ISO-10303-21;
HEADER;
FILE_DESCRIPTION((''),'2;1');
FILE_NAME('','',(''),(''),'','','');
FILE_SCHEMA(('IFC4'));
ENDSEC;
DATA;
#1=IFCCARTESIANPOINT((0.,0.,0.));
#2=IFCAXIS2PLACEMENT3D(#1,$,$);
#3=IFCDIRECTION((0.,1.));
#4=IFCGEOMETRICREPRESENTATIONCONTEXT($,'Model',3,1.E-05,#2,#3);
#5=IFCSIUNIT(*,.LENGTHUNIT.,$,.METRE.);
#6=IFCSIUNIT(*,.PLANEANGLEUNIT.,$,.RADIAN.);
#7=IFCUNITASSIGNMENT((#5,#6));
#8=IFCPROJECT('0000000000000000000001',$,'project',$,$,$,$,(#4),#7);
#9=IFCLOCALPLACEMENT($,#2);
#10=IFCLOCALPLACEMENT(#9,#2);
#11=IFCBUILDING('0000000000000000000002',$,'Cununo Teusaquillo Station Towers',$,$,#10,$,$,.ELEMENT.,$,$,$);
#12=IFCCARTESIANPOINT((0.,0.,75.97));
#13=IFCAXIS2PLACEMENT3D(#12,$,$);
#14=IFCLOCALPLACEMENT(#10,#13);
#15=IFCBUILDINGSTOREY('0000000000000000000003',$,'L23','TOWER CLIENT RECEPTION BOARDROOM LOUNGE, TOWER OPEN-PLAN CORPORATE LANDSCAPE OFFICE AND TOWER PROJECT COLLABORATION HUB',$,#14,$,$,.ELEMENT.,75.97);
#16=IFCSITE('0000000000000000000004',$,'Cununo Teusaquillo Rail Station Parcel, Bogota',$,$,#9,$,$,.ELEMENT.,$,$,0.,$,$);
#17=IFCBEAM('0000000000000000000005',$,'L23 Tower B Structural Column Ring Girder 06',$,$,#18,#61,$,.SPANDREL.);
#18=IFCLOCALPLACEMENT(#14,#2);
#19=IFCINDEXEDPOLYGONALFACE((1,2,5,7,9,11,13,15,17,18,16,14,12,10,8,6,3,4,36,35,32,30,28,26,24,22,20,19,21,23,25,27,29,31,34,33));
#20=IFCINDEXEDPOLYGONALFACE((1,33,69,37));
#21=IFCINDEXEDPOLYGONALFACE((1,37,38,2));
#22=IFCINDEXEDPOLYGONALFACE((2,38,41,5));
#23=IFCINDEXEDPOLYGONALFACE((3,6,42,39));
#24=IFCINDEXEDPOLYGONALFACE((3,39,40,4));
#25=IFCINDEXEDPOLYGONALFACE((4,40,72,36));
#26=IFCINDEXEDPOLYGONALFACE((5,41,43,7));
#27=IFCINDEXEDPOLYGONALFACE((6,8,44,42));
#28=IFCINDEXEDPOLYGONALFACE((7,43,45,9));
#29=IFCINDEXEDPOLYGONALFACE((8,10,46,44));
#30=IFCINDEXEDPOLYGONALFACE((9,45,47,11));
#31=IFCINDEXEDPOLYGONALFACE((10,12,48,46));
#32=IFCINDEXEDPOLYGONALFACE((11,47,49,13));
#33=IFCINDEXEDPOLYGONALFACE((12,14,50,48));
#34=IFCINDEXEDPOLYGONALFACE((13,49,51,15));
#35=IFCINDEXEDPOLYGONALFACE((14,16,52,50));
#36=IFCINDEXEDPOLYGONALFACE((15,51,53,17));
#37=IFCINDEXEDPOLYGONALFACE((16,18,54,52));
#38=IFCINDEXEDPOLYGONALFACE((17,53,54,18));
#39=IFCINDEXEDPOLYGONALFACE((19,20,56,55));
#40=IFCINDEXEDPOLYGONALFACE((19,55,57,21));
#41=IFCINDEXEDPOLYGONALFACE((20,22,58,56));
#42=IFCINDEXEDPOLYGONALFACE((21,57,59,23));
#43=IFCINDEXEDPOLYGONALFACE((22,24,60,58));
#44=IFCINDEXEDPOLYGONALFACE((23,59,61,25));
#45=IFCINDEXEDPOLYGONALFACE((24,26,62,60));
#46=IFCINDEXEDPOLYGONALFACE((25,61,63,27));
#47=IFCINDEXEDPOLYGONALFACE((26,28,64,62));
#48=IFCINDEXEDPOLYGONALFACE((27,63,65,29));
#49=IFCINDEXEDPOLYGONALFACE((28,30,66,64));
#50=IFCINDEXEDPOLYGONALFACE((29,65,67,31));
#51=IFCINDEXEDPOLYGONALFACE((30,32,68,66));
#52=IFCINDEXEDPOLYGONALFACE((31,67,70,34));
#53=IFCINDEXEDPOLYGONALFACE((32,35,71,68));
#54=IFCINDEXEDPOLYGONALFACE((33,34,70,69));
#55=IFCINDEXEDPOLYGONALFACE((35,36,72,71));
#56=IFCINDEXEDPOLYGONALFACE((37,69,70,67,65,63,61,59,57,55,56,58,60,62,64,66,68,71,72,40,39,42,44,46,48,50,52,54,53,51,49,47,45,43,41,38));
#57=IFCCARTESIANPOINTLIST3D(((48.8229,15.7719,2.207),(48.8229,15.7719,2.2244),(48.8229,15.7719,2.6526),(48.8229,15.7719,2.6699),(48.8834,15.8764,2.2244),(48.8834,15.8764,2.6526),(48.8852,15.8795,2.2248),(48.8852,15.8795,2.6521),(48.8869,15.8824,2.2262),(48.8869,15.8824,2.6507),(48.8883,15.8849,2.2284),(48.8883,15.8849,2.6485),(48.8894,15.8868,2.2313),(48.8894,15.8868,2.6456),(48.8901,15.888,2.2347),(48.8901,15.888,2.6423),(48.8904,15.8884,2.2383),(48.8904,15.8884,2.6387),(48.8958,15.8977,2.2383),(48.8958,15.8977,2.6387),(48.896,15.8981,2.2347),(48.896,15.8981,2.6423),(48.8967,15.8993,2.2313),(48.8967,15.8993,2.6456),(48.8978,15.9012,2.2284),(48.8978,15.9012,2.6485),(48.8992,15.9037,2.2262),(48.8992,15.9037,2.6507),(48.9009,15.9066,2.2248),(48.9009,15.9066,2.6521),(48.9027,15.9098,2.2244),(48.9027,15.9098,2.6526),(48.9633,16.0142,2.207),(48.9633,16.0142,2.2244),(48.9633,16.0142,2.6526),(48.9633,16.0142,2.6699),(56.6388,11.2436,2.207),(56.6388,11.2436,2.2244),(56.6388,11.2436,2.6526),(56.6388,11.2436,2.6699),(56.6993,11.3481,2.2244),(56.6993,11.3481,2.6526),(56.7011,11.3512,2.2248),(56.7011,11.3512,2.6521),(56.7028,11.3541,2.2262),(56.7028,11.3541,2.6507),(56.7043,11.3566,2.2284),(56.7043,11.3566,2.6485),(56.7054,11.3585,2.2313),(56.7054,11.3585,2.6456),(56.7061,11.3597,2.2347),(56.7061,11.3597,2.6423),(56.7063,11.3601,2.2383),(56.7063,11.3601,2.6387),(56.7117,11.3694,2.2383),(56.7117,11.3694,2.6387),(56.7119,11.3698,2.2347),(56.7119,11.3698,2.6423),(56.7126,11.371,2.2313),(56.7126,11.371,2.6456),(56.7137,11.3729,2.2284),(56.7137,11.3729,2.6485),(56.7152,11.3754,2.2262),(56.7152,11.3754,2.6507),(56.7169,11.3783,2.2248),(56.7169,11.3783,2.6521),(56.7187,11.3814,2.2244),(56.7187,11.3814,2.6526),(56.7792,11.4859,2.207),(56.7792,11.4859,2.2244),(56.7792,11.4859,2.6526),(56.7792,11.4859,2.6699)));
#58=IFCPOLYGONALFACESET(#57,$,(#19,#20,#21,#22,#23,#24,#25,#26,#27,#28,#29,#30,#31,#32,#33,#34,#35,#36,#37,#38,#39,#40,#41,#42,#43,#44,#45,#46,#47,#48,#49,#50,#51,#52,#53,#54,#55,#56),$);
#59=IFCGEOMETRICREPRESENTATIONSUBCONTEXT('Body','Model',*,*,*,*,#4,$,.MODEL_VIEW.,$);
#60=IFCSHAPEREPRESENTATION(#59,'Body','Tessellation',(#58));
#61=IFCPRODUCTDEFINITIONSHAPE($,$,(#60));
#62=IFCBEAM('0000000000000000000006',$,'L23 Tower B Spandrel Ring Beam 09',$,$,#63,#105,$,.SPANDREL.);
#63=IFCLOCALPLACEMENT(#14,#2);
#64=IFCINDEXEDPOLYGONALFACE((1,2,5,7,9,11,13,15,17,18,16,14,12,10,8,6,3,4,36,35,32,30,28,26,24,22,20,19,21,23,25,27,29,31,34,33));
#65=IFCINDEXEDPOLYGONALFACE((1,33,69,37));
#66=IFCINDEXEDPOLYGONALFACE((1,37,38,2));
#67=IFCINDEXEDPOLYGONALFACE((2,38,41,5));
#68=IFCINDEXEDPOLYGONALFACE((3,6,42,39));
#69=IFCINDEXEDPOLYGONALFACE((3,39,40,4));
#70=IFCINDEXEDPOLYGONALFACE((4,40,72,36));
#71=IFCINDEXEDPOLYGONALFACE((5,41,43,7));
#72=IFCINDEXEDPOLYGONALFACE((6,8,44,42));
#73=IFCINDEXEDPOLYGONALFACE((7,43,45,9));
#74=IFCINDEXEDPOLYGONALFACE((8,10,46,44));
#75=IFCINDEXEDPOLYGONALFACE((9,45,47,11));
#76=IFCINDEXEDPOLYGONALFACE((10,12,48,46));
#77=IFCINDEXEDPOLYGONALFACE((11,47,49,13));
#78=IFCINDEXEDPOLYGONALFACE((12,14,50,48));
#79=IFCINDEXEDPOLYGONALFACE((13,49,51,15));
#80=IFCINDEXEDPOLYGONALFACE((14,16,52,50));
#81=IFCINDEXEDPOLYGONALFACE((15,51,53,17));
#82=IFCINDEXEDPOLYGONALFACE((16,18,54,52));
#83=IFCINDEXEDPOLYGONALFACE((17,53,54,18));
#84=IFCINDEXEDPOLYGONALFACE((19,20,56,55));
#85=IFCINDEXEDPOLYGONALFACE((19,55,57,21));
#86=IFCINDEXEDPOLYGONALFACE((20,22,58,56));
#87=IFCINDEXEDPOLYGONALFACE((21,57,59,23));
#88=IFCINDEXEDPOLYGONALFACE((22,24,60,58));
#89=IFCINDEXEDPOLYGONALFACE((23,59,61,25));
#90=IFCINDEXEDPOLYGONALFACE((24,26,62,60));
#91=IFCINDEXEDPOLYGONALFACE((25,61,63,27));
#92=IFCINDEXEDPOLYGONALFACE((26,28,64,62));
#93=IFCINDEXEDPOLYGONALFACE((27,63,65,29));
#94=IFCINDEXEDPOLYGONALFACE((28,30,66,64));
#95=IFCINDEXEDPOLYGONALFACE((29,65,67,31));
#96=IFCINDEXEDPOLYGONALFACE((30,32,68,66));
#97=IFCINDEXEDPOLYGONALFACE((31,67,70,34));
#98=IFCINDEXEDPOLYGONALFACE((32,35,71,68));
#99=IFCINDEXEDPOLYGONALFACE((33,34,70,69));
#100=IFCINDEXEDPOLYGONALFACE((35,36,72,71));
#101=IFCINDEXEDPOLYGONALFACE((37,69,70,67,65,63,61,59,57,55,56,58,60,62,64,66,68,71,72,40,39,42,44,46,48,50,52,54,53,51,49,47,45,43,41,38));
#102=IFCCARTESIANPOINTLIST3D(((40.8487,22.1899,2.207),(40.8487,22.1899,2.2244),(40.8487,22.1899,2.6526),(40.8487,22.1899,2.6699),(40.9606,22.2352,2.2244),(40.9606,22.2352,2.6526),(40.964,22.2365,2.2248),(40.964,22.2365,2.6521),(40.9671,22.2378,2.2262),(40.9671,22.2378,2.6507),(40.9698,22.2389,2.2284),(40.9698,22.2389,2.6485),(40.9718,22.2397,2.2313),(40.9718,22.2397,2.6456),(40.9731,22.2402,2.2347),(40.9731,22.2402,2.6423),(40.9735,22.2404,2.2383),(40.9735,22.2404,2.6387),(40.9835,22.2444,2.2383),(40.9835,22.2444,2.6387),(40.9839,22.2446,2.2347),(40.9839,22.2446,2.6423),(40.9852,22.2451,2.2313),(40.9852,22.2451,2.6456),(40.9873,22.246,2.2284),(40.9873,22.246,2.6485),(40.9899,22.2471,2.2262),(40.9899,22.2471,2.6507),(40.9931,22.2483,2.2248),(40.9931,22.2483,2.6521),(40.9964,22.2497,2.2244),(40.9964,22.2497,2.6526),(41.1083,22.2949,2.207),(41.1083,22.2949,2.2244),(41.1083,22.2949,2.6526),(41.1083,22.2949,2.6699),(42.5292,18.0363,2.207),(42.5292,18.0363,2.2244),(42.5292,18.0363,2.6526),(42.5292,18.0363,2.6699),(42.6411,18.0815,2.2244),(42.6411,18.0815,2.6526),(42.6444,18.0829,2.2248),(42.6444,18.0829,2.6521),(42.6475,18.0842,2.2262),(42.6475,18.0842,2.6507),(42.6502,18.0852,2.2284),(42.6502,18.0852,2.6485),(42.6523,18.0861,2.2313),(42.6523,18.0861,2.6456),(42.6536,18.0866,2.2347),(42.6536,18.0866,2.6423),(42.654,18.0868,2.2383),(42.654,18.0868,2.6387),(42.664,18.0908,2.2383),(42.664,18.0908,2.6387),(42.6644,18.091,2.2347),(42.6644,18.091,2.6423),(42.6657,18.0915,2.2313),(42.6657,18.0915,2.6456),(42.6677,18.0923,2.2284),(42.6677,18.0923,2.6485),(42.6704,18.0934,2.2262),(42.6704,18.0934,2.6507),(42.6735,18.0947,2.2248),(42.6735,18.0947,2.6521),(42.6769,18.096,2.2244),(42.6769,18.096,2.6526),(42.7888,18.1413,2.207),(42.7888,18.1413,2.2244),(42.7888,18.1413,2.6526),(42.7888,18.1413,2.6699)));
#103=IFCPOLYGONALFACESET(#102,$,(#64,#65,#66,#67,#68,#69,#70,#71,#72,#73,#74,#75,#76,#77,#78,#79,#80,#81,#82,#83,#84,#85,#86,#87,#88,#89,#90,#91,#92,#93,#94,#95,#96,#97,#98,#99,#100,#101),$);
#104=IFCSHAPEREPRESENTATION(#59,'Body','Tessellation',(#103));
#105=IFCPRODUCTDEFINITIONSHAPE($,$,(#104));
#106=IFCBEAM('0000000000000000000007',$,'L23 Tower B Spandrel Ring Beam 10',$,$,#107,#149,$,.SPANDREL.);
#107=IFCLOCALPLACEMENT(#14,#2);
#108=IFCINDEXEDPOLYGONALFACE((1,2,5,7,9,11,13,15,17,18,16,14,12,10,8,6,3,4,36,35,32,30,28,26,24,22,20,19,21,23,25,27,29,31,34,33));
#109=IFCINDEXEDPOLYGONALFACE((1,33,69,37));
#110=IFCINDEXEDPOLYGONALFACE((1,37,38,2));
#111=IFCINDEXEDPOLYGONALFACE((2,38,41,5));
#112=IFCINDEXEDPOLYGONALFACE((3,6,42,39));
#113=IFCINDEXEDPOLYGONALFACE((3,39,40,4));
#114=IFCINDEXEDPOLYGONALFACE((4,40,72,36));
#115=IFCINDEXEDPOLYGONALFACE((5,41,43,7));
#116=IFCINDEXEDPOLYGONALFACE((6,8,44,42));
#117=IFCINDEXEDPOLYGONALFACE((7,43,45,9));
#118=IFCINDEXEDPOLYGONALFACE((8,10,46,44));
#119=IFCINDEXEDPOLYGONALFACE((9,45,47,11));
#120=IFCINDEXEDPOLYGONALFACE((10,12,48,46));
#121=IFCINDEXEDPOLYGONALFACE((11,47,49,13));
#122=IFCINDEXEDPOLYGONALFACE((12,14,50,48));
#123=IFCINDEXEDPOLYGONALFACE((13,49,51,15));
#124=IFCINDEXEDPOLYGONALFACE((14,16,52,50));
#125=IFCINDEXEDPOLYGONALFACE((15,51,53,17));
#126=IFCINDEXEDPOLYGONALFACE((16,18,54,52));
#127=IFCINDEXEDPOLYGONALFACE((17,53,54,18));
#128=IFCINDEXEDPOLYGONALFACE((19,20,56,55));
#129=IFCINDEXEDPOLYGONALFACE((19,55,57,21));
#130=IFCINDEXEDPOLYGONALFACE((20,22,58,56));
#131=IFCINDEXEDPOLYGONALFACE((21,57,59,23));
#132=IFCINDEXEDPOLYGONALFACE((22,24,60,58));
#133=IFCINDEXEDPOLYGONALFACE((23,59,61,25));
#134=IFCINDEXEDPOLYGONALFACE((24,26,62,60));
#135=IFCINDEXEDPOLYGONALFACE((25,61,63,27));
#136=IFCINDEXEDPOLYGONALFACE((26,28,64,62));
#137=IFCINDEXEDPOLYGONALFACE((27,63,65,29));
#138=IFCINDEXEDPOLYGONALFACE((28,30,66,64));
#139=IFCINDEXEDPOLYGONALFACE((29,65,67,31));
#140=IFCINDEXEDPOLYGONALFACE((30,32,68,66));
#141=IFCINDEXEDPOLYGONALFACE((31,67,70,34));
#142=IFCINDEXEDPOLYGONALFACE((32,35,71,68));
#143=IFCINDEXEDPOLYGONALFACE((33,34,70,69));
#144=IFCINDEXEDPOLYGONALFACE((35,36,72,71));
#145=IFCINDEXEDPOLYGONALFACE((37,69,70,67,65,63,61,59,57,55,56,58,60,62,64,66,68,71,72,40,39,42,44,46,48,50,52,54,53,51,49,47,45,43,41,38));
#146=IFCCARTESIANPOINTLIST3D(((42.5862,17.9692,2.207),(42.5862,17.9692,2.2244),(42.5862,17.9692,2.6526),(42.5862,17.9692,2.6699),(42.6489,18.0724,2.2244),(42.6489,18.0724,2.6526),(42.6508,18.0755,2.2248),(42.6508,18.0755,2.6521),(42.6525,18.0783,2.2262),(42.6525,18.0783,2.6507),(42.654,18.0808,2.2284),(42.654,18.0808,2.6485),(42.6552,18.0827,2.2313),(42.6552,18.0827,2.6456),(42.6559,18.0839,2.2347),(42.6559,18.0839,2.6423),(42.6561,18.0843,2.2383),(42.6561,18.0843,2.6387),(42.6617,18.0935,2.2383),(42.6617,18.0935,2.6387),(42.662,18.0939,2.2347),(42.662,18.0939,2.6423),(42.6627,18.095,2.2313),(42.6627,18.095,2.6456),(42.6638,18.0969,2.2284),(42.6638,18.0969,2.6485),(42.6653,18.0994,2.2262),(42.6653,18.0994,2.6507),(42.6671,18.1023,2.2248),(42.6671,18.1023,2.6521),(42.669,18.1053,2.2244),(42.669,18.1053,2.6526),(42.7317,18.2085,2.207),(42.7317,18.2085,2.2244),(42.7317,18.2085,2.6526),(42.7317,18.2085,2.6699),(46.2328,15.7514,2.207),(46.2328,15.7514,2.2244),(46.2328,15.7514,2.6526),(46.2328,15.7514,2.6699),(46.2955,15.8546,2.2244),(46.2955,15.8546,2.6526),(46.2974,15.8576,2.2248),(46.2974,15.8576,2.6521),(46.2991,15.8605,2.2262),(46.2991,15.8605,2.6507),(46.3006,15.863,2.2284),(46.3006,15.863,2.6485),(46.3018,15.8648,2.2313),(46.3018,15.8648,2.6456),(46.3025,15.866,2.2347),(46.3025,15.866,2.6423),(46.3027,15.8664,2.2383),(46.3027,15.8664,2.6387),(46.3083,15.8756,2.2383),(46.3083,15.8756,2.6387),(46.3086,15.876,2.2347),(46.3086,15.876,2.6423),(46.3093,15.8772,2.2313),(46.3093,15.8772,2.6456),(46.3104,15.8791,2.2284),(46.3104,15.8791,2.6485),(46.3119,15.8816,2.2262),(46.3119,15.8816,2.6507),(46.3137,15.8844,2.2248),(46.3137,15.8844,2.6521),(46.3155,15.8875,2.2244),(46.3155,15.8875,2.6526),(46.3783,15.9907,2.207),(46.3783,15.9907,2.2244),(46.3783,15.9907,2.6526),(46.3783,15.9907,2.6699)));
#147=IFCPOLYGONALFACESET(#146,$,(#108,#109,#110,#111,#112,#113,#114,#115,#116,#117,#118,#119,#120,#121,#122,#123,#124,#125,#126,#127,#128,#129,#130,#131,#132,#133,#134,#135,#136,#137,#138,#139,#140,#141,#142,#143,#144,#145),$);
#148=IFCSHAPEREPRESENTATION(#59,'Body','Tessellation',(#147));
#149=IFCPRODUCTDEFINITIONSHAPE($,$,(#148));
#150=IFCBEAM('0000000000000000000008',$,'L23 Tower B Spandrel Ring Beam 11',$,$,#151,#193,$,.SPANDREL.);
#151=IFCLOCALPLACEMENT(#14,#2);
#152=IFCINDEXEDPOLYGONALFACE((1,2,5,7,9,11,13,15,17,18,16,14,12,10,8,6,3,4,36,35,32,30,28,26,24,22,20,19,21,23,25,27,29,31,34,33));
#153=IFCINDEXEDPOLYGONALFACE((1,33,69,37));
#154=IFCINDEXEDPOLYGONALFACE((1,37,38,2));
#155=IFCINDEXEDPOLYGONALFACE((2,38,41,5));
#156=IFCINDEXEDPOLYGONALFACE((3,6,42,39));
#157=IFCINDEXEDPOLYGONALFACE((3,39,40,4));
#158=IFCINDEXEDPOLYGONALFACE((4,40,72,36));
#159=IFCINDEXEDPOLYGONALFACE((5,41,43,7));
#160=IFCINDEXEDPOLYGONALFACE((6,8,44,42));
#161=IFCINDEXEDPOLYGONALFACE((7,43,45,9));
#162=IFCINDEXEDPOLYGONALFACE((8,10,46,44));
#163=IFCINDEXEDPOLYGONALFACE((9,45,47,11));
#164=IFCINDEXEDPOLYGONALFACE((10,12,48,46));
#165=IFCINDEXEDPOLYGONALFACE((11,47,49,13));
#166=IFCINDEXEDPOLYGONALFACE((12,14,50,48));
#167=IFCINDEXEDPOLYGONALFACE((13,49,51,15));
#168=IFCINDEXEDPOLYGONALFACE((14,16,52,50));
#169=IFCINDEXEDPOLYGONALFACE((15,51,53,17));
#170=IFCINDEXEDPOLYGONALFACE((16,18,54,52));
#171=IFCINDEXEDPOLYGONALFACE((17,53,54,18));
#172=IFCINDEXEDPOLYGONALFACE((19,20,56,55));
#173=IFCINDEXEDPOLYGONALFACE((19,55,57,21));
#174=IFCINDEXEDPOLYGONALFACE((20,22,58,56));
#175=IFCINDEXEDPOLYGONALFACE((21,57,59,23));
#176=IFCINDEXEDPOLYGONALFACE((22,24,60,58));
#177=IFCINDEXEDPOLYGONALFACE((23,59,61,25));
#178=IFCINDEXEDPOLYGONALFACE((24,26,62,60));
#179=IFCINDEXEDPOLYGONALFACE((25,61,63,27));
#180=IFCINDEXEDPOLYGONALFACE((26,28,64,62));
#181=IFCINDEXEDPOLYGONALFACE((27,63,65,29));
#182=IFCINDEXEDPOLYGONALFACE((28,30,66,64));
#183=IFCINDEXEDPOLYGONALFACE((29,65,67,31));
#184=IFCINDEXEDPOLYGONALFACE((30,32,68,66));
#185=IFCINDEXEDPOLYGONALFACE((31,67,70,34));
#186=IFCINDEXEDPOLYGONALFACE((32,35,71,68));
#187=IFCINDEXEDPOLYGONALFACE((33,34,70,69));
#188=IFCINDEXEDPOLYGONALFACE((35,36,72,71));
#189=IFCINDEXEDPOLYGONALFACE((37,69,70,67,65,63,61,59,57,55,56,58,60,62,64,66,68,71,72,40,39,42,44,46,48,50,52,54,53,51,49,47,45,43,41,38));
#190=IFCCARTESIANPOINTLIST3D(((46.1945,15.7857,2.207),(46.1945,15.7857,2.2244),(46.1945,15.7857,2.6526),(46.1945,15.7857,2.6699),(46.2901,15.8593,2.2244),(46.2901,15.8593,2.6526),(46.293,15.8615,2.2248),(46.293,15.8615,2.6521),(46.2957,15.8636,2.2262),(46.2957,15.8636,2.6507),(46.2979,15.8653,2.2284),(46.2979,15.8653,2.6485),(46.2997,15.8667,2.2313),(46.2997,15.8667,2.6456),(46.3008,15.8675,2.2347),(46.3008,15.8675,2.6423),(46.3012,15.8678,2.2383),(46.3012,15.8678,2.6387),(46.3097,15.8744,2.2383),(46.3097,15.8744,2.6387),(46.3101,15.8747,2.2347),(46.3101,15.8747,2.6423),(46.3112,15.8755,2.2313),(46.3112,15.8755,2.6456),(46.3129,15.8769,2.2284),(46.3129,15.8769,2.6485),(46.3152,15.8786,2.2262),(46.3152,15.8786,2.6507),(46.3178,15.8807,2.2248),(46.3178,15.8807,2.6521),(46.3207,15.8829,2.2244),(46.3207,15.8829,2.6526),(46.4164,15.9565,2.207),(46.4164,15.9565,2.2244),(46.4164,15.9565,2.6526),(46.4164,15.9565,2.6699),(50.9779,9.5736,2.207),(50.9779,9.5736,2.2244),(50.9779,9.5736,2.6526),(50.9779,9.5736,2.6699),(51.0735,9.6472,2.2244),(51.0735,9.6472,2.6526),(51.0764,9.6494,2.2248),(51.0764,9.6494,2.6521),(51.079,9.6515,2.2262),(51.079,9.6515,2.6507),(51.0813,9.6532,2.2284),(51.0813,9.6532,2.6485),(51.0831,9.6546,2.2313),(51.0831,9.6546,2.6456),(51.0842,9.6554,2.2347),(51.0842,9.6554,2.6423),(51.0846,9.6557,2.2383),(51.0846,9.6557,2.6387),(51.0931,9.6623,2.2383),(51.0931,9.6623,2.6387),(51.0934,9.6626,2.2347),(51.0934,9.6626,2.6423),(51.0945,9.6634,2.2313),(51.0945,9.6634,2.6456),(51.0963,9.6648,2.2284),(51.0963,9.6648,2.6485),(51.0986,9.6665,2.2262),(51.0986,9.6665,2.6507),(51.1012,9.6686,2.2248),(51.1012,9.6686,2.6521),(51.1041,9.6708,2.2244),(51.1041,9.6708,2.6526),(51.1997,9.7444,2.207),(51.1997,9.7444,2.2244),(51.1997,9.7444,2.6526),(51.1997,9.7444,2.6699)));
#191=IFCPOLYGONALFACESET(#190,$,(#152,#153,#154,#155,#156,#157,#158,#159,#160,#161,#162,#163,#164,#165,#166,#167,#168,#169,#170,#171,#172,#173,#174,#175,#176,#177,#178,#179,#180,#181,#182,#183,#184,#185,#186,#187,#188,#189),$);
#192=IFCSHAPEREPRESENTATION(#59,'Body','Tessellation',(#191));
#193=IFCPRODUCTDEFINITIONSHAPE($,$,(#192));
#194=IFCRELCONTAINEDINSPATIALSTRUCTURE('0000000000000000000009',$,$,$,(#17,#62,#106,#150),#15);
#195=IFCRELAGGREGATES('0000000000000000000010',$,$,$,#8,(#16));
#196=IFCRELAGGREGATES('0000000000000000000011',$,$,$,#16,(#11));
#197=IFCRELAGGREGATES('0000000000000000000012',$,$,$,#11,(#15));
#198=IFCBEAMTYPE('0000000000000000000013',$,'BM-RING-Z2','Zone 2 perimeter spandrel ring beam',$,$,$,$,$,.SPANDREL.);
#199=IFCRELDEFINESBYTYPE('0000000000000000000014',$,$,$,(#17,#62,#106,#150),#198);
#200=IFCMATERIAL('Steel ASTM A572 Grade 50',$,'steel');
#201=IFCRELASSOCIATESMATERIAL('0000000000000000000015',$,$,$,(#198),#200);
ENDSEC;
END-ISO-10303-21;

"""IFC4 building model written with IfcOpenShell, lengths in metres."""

from ifc_helpers import new_model, si_unit, direction, frame, origin, origin_2d, place, context, subcontext, project, spatial, i_section, extrude, material, material_profile, profile_set, type_object, element, save


model = new_model("IFC4")

# Units and contexts
model_context = context("Model", 3, precision=1e-05, world=origin(), true_north=direction((0.0, 1.0)))
body_context = subcontext(model_context, "Body", "Model", "MODEL_VIEW")
ifc_project = project(units=[si_unit("LENGTHUNIT", "METRE"), si_unit("PLANEANGLEUNIT", "RADIAN")], contexts=[model_context])

# Site, building, storey
site_placement = place(None, origin())
site = spatial("IfcSite", under=ifc_project, at=site_placement, Name="Cununo Teusaquillo Rail Station Parcel, Bogota", CompositionType="ELEMENT", RefElevation=0.0)
building_placement = place(site_placement, origin())
building = spatial("IfcBuilding", under=site, at=building_placement, Name="Cununo Teusaquillo Station Towers", CompositionType="ELEMENT")
storey_placement = place(building_placement, frame((0.0, 0.0, 75.97)))
storey = spatial("IfcBuildingStorey", under=building, at=storey_placement, Name="L23", Description="TOWER CLIENT RECEPTION BOARDROOM LOUNGE, TOWER OPEN-PLAN CORPORATE LANDSCAPE OFFICE AND TOWER PROJECT COLLABORATION HUB", CompositionType="ELEMENT", Elevation=75.97)

# Beams
ifc_material_1 = material(Name="Steel ASTM A572 Grade 50", Category="steel")
ifc_material_profile_1 = material_profile(ifc_material_1, i_section(OverallWidth=0.28, OverallDepth=0.4629, WebThickness=0.0107, FlangeThickness=0.0173, FilletRadius=0.0139, at=origin_2d()), Name="W18X76")
ifc_profile_set_1 = profile_set([ifc_material_profile_1], Name="Steel ASTM A572 Grade 50")
beam_type_1 = type_object("IfcBeamType", Name="BM-RING-Z2", Description="Zone 2 perimeter spandrel ring beam", PredefinedType="SPANDREL", material=ifc_profile_set_1)
for number, where, z_axis, x_axis, name in (
    (1, (48.8931, 15.8931, 2.4385), (0.865267, -0.501311, 0.0), (0.501311, 0.865267, 0.0), "L23 Tower B Structural Column Ring Girder 06"),
):
    element("IfcBeam", number, at=place(storey_placement, frame(where, z_axis=z_axis, x_axis=x_axis)), inside=storey, type_object=beam_type_1, Name=name, PredefinedType="SPANDREL", context=body_context, shape_type="SweptSolid", body=[
        extrude(i_section(OverallWidth=0.28, OverallDepth=0.4629, WebThickness=0.0107, FlangeThickness=0.0173, FilletRadius=0.0139, at=origin_2d()), origin(), (0.0, 0.0, 1.0), 9.033),
    ])
beam_1_placement = place(storey_placement, frame((40.9785, 22.2424, 2.4385), z_axis=(0.375042, -0.927008, 0.0), x_axis=(0.927008, 0.375042, 0.0)))
element("IfcBeam", 2, at=beam_1_placement, inside=storey, type_object=beam_type_1, Name="L23 Tower B Spandrel Ring Beam 09", PredefinedType="SPANDREL", context=body_context, shape_type="SweptSolid", body=[
    extrude(i_section(OverallWidth=0.28, OverallDepth=0.4629, WebThickness=0.0107, FlangeThickness=0.0173, FilletRadius=0.0139, at=origin_2d()), origin(), (0.0, 0.0, 1.0), 4.4807),
])
beam_2_placement = place(storey_placement, frame((42.6589, 18.0889, 2.4385), z_axis=(0.854388, -0.519635, 0.0), x_axis=(0.519635, 0.854388, 0.0)))
element("IfcBeam", 3, at=beam_2_placement, inside=storey, type_object=beam_type_1, Name="L23 Tower B Spandrel Ring Beam 10", PredefinedType="SPANDREL", context=body_context, shape_type="SweptSolid", body=[
    extrude(i_section(OverallWidth=0.28, OverallDepth=0.4629, WebThickness=0.0107, FlangeThickness=0.0173, FilletRadius=0.0139, at=origin_2d()), origin(), (0.0, 0.0, 1.0), 4.2681),
])
beam_3_placement = place(storey_placement, frame((46.3054, 15.8711, 2.4385), z_axis=(0.6101, -0.792324, 0.0), x_axis=(0.792324, 0.6101, 0.0)))
element("IfcBeam", 4, at=beam_3_placement, inside=storey, type_object=beam_type_1, Name="L23 Tower B Spandrel Ring Beam 11", PredefinedType="SPANDREL", context=body_context, shape_type="SweptSolid", body=[
    extrude(i_section(OverallWidth=0.28, OverallDepth=0.4629, WebThickness=0.0107, FlangeThickness=0.0173, FilletRadius=0.0139, at=origin_2d()), origin(), (0.0, 0.0, 1.0), 7.8403),
])

save(model, "model.ifc")
